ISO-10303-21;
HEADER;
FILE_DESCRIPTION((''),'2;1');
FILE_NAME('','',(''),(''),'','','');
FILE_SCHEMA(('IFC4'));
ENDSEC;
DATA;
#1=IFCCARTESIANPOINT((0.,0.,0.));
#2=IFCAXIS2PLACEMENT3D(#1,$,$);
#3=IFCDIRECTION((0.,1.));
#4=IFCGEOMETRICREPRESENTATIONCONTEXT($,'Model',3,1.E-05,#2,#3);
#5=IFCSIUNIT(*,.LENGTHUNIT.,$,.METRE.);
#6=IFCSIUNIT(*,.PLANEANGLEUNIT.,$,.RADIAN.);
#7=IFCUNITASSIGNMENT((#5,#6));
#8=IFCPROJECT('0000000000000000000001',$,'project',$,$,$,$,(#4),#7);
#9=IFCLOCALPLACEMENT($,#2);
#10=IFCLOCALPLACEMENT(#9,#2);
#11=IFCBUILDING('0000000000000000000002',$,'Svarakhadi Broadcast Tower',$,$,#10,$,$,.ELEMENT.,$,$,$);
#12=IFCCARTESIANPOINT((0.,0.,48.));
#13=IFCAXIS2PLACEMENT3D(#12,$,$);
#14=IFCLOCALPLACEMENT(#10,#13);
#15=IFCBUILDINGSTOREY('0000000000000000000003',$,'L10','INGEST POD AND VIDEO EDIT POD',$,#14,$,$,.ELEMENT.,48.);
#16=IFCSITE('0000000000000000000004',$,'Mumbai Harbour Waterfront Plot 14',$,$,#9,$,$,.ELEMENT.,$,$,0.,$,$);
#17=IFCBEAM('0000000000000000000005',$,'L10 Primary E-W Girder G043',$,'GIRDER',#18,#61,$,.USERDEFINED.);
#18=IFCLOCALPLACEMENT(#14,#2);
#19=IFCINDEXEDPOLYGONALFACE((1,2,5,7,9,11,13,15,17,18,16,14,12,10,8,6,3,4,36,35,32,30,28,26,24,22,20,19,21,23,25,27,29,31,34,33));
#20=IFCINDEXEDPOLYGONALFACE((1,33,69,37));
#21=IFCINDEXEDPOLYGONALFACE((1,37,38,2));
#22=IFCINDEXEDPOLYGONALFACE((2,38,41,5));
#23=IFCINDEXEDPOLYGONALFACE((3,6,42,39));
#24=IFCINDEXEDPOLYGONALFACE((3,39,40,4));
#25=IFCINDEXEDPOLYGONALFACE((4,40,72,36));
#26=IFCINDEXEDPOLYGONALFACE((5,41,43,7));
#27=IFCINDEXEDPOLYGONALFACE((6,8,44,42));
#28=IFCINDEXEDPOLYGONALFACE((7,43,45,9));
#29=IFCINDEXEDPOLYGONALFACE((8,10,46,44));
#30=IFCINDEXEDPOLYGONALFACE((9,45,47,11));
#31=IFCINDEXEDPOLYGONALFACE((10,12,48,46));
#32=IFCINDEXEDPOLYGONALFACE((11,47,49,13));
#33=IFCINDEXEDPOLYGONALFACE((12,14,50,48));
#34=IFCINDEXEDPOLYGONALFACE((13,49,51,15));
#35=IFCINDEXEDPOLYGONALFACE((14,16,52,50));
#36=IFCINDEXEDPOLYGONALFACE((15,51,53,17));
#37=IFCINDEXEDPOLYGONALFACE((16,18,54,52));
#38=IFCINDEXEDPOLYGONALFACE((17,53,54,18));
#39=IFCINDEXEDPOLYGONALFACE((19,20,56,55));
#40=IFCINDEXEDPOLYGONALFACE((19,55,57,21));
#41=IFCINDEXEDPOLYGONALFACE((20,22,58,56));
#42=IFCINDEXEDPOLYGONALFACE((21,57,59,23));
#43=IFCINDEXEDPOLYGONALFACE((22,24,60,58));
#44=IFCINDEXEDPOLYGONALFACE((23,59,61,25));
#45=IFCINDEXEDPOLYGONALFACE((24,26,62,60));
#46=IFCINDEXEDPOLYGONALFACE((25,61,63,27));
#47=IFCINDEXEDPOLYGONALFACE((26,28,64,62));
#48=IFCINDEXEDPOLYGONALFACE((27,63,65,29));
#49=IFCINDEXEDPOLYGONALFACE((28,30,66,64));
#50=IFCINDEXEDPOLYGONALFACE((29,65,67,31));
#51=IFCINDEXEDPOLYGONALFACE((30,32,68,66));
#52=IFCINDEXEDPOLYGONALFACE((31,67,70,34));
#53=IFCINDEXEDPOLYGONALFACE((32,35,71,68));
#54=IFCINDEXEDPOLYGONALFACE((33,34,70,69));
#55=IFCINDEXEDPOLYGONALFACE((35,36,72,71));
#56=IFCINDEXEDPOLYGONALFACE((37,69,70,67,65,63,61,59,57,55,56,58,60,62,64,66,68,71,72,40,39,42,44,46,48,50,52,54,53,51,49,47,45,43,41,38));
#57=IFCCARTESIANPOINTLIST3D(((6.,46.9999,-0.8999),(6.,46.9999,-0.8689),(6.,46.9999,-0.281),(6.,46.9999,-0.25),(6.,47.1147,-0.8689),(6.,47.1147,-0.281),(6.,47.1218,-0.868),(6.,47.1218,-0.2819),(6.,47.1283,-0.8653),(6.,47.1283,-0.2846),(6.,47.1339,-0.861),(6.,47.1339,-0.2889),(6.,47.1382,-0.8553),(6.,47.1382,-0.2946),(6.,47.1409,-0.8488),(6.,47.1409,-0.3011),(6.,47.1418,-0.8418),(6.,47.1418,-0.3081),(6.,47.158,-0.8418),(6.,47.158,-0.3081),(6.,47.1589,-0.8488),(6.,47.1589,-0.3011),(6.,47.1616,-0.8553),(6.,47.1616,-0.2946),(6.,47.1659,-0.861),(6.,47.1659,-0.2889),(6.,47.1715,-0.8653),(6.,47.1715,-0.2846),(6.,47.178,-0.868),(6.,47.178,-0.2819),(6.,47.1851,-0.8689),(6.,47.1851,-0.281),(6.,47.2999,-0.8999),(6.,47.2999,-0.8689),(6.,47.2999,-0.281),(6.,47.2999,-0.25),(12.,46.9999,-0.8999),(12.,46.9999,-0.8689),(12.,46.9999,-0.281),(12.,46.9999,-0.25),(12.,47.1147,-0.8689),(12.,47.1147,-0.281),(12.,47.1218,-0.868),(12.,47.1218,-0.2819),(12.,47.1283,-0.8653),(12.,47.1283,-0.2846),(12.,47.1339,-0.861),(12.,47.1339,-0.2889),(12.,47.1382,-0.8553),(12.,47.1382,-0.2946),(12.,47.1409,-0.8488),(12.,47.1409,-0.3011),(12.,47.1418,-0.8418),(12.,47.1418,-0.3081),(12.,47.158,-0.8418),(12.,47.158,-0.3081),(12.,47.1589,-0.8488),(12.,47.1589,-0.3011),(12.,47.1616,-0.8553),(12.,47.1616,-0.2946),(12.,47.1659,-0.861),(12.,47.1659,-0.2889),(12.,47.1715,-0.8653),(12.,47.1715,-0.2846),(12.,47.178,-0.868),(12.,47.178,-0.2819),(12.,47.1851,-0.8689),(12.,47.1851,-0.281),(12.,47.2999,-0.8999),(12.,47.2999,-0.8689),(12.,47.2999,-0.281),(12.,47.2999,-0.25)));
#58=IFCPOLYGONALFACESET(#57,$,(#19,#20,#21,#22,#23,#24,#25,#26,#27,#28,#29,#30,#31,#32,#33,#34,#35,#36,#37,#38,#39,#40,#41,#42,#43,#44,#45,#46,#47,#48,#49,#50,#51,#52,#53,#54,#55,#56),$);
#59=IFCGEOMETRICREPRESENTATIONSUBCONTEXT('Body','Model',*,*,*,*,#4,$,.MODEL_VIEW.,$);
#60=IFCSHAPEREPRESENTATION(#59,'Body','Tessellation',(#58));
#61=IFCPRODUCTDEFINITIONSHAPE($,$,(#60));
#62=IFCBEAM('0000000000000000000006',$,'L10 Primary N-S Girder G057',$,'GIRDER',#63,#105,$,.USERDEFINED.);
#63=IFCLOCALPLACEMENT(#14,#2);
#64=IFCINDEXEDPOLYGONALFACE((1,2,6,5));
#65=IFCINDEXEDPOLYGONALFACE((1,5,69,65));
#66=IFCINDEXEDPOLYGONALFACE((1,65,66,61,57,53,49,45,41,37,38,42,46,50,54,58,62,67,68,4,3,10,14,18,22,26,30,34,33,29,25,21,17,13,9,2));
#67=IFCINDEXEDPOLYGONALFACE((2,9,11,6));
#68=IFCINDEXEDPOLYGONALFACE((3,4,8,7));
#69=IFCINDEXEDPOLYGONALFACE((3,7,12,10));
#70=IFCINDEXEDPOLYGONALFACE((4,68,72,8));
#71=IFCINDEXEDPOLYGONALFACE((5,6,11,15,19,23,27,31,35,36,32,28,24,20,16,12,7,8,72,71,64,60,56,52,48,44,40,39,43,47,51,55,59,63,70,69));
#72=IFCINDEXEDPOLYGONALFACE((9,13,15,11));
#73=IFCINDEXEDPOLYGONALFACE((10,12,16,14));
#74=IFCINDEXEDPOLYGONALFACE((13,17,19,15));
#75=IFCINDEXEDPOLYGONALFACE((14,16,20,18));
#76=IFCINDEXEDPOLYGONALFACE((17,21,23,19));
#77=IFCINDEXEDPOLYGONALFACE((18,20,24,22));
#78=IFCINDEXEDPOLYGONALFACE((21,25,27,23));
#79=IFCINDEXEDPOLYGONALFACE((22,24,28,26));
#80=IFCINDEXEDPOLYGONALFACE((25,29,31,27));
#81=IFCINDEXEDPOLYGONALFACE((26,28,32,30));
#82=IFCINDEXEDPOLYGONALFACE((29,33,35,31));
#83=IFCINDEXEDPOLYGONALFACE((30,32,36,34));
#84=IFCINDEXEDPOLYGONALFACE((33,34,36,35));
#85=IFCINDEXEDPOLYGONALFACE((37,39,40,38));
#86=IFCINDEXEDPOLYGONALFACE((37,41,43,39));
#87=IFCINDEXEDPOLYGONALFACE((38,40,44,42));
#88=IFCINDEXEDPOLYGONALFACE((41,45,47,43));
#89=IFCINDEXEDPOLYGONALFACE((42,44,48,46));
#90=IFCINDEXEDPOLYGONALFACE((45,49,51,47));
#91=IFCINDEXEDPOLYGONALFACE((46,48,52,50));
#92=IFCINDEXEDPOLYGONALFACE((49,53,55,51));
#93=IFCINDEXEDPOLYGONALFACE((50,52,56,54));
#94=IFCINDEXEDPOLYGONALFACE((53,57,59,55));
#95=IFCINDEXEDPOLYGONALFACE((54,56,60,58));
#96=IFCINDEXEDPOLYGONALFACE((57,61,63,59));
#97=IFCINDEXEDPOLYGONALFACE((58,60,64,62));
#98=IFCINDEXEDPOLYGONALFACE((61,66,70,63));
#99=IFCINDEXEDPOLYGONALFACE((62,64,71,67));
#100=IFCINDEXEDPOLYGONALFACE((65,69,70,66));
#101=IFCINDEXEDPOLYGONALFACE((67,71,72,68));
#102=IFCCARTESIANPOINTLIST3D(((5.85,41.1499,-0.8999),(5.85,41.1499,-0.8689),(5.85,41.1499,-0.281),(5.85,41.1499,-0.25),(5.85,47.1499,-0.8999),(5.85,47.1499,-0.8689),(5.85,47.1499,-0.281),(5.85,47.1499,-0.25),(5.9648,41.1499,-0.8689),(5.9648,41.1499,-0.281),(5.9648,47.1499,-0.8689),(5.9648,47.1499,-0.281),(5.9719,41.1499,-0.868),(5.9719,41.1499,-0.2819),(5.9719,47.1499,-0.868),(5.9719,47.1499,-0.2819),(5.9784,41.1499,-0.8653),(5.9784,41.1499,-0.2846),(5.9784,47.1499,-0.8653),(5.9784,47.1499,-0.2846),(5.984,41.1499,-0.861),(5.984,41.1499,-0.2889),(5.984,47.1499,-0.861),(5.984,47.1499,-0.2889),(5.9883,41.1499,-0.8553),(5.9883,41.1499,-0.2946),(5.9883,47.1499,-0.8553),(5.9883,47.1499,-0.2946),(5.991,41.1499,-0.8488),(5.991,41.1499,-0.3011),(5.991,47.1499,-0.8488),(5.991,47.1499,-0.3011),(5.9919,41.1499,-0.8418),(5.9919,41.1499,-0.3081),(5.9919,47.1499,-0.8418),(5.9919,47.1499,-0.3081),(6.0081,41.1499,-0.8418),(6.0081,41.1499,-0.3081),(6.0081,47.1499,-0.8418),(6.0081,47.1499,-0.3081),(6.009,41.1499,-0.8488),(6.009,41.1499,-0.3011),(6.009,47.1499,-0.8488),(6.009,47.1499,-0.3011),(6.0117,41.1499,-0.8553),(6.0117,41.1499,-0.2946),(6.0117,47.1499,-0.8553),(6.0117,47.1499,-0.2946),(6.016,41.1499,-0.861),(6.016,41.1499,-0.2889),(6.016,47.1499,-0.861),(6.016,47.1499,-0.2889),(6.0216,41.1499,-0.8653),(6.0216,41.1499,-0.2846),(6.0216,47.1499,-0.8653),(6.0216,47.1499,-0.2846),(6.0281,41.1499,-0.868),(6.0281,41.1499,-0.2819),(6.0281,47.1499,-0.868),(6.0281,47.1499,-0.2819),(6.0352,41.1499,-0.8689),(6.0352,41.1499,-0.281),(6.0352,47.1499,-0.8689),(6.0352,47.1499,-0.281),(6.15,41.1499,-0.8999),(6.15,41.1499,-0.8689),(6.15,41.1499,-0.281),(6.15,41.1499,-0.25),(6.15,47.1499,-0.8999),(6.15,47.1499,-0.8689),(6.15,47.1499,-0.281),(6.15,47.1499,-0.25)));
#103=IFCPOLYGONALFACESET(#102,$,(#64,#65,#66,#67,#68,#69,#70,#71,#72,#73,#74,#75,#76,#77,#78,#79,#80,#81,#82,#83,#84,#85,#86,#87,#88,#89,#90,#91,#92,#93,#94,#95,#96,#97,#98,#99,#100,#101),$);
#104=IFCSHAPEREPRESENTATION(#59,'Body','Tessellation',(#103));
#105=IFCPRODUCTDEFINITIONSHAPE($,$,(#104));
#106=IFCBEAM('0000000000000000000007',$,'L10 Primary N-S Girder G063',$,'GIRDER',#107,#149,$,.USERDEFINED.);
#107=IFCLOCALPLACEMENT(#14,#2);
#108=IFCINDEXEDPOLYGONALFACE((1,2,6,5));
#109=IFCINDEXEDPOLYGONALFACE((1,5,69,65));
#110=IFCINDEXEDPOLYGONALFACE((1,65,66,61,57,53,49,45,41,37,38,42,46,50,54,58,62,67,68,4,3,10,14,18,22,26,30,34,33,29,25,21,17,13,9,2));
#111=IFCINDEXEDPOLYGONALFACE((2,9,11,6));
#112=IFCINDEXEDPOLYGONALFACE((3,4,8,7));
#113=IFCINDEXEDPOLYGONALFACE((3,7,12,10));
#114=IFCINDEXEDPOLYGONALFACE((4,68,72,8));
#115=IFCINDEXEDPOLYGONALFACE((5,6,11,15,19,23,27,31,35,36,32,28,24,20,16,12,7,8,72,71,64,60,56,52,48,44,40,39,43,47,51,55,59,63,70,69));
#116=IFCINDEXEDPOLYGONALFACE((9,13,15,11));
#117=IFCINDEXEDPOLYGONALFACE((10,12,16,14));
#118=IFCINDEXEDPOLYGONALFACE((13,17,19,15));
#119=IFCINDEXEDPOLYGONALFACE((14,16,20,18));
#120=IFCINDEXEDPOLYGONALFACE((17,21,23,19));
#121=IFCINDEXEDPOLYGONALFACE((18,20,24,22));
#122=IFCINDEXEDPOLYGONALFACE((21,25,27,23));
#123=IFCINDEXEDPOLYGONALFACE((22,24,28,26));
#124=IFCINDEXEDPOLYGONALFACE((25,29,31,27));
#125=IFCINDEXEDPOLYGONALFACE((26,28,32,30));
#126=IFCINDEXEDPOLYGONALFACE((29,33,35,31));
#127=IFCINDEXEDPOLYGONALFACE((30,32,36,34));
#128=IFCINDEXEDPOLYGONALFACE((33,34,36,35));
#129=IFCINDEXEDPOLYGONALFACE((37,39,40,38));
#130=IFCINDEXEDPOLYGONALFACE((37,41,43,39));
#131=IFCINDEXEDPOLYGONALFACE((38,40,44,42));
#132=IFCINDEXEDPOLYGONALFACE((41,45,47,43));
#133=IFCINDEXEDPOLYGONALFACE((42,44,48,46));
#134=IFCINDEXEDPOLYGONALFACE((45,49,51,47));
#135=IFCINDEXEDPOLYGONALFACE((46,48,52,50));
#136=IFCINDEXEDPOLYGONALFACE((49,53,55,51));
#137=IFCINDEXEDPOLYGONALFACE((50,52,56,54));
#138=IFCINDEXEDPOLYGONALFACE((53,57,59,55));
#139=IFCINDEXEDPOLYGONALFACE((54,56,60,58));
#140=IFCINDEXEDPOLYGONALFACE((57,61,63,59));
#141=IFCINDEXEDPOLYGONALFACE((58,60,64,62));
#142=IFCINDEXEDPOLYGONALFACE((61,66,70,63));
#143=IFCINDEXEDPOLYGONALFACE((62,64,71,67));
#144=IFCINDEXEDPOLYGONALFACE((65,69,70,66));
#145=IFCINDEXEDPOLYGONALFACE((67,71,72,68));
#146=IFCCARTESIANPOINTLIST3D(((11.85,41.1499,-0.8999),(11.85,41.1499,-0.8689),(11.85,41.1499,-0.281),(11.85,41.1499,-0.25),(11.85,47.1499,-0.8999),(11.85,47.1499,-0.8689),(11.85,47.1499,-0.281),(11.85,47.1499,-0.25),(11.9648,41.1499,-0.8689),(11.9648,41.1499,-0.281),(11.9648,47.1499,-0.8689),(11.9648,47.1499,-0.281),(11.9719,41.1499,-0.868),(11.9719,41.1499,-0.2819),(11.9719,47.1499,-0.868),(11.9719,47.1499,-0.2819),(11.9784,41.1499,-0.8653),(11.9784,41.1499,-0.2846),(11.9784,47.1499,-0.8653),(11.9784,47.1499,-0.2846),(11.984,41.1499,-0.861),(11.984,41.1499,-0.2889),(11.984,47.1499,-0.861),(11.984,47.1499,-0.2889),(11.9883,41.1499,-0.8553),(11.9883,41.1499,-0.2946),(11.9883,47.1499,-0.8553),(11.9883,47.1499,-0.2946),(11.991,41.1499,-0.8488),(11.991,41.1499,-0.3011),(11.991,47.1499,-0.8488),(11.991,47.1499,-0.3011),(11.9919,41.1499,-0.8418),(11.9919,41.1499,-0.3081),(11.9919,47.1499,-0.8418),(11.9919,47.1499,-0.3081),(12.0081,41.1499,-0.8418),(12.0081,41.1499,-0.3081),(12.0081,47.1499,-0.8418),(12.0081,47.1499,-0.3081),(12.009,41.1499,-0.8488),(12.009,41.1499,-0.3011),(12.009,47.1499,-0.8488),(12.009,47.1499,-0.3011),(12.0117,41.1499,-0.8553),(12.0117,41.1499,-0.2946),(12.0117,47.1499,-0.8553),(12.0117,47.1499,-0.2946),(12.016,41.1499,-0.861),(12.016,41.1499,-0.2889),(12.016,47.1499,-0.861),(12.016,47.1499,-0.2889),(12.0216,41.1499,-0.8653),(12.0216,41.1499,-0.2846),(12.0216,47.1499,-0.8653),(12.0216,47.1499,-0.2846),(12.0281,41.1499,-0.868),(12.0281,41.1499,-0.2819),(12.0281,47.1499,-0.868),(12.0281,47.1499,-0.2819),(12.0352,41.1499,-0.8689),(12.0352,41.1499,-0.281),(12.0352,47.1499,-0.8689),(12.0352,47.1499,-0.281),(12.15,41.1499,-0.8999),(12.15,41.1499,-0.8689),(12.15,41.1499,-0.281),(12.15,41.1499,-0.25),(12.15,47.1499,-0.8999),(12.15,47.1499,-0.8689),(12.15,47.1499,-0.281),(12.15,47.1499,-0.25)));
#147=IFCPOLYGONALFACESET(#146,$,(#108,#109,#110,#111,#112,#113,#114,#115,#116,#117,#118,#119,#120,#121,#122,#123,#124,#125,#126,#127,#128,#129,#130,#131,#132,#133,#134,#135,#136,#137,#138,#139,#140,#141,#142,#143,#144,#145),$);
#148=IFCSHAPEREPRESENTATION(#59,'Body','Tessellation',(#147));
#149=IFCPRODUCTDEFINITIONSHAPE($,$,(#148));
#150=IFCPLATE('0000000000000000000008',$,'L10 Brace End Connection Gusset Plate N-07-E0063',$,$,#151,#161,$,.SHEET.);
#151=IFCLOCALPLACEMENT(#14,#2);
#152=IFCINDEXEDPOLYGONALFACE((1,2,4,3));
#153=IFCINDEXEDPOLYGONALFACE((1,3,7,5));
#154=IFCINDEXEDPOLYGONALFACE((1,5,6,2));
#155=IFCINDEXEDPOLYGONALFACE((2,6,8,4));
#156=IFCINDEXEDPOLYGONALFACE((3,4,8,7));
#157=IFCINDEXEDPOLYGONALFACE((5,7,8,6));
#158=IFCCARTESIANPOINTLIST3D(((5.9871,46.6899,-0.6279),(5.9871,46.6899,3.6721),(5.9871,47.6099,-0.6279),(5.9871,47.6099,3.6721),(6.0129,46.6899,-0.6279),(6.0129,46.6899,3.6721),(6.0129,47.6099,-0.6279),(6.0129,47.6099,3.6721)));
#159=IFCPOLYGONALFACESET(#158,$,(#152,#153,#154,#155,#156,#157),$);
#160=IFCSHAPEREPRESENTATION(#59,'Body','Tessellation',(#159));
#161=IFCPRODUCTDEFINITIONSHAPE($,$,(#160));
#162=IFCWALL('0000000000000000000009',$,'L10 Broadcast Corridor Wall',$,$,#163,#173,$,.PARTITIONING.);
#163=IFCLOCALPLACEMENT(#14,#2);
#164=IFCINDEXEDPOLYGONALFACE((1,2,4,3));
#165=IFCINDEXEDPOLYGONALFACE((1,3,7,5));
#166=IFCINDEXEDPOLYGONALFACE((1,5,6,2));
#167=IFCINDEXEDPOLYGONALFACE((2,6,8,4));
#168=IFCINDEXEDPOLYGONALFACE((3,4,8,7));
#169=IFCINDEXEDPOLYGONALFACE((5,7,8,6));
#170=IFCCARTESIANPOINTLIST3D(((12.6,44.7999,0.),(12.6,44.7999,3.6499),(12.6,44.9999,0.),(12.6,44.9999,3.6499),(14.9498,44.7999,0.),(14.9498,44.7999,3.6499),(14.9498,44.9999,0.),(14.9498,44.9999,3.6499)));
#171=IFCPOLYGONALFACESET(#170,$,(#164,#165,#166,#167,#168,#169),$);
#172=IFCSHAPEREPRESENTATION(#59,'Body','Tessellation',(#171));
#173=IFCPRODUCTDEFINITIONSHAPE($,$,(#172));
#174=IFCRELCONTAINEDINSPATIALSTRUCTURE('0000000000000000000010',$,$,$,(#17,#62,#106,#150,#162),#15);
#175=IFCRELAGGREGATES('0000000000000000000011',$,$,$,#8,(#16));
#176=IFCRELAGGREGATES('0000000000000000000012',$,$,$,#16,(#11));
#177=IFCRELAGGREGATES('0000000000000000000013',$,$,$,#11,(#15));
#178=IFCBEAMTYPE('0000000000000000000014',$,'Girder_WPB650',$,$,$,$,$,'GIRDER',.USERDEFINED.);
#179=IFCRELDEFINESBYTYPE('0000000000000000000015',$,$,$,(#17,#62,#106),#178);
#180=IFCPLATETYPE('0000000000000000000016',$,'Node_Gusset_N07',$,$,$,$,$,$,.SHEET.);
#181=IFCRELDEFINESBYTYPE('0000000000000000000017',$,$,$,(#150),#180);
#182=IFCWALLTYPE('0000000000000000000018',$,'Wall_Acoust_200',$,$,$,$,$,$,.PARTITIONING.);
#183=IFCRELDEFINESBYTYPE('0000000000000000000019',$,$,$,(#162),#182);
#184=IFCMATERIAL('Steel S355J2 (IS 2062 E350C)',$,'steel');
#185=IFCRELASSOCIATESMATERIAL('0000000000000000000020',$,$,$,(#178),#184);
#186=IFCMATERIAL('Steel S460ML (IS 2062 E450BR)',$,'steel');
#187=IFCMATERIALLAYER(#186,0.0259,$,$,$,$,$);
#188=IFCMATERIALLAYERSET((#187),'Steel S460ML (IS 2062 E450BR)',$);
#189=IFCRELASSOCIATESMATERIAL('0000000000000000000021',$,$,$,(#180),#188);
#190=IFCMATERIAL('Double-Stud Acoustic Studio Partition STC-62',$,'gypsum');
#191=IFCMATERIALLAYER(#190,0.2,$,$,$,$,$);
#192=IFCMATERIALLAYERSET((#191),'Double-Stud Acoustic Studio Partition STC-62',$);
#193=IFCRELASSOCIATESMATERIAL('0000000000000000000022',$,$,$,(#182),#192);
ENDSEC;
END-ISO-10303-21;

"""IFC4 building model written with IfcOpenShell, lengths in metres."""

from ifc_helpers import new_model, si_unit, direction, frame, frame_2d, origin, origin_2d, place, context, subcontext, project, spatial, rectangle, i_section, extrude, material, layer, layer_set, material_profile, profile_set, type_object, element, save


model = new_model("IFC4")

# Units and contexts
model_context = context("Model", 3, precision=1e-05, world=origin(), true_north=direction((0.0, 1.0)))
body_context = subcontext(model_context, "Body", "Model", "MODEL_VIEW")
ifc_project = project(units=[si_unit("LENGTHUNIT", "METRE"), si_unit("PLANEANGLEUNIT", "RADIAN")], contexts=[model_context])

# Site, building, storey
site_placement = place(None, origin())
site = spatial("IfcSite", under=ifc_project, at=site_placement, Name="Mumbai Harbour Waterfront Plot 14", CompositionType="ELEMENT", RefElevation=0.0)
building_placement = place(site_placement, origin())
building = spatial("IfcBuilding", under=site, at=building_placement, Name="Svarakhadi Broadcast Tower", CompositionType="ELEMENT")
storey_placement = place(building_placement, frame((0.0, 0.0, 48.0)))
storey = spatial("IfcBuildingStorey", under=building, at=storey_placement, Name="L10", Description="INGEST POD AND VIDEO EDIT POD", CompositionType="ELEMENT", Elevation=48.0)

# Shared definitions
ifc_material_1 = material(Name="Steel S460ML (IS 2062 E450BR)", Category="steel")

# Beams
ifc_material_2 = material(Name="Steel S355J2 (IS 2062 E350C)", Category="steel")
ifc_material_profile_1 = material_profile(ifc_material_2, i_section(OverallWidth=0.3, OverallDepth=0.6499, WebThickness=0.0161, FlangeThickness=0.031, FilletRadius=0.0271, at=origin_2d()), Name="WPB 650x300x225")
ifc_profile_set_1 = profile_set([ifc_material_profile_1], Name="Steel S355J2 (IS 2062 E350C)")
beam_type_1 = type_object("IfcBeamType", Name="Girder_WPB650", ElementType="GIRDER", PredefinedType="USERDEFINED", material=ifc_profile_set_1)
for number, where, z_axis, x_axis, name in (
    (1, (6.0, 47.1499, -0.575), (1.0, 0.0, 0.0), (0.0, 1.0, 0.0), "L10 Primary E-W Girder G043"),
    (2, (6.0, 41.1499, -0.575), (0.0, 1.0, 0.0), (-1.0, 0.0, 0.0), "L10 Primary N-S Girder G057"),
    (3, (12.0, 41.1499, -0.575), (0.0, 1.0, 0.0), (-1.0, 0.0, 0.0), "L10 Primary N-S Girder G063"),
):
    element("IfcBeam", number, at=place(storey_placement, frame(where, z_axis=z_axis, x_axis=x_axis)), inside=storey, type_object=beam_type_1, Name=name, ObjectType="GIRDER", PredefinedType="USERDEFINED", context=body_context, shape_type="SweptSolid", body=[
        extrude(i_section(OverallWidth=0.3, OverallDepth=0.6499, WebThickness=0.0161, FlangeThickness=0.031, FilletRadius=0.0271, at=origin_2d()), origin(), (0.0, 0.0, 1.0), 6.0),
    ])

# Plate
ifc_layer_1 = layer(ifc_material_1, 0.0259)
ifc_layer_set_1 = layer_set([ifc_layer_1], Name="Steel S460ML (IS 2062 E450BR)")
plate_type = type_object("IfcPlateType", Name="Node_Gusset_N07", PredefinedType="SHEET", material=ifc_layer_set_1)
plate_placement = place(storey_placement, frame((6.0, 47.1499, -0.6279), z_axis=(0.0, 0.0, 1.0), x_axis=(0.0, 1.0, 0.0)))
element("IfcPlate", 4, at=plate_placement, inside=storey, type_object=plate_type, Name="L10 Brace End Connection Gusset Plate N-07-E0063", PredefinedType="SHEET", context=body_context, shape_type="SweptSolid", body=[
    extrude(rectangle(XDim=0.9199, YDim=0.0259, at=origin_2d()), origin(), (0.0, 0.0, 1.0), 4.3),
])

# Wall
ifc_material_3 = material(Name="Double-Stud Acoustic Studio Partition STC-62", Category="gypsum")
ifc_layer_2 = layer(ifc_material_3, 0.2)
ifc_layer_set_2 = layer_set([ifc_layer_2], Name="Double-Stud Acoustic Studio Partition STC-62")
wall_type_1 = type_object("IfcWallType", Name="Wall_Acoust_200", PredefinedType="PARTITIONING", material=ifc_layer_set_2)
wall_1_placement = place(storey_placement, frame((12.6001, 44.8999, 0.0), z_axis=(0.0, 0.0, 1.0), x_axis=(1.0, 0.0, 0.0)))
element("IfcWall", 5, at=wall_1_placement, inside=storey, type_object=wall_type_1, Name="L10 Broadcast Corridor Wall", PredefinedType="PARTITIONING", context=body_context, shape_type="SweptSolid", body=[
    extrude(rectangle(XDim=2.3499, YDim=0.2, at=frame_2d((1.1748, 0.0))), origin(), (0.0, 0.0, 1.0), 3.6499),
])

save(model, "model.ifc")
